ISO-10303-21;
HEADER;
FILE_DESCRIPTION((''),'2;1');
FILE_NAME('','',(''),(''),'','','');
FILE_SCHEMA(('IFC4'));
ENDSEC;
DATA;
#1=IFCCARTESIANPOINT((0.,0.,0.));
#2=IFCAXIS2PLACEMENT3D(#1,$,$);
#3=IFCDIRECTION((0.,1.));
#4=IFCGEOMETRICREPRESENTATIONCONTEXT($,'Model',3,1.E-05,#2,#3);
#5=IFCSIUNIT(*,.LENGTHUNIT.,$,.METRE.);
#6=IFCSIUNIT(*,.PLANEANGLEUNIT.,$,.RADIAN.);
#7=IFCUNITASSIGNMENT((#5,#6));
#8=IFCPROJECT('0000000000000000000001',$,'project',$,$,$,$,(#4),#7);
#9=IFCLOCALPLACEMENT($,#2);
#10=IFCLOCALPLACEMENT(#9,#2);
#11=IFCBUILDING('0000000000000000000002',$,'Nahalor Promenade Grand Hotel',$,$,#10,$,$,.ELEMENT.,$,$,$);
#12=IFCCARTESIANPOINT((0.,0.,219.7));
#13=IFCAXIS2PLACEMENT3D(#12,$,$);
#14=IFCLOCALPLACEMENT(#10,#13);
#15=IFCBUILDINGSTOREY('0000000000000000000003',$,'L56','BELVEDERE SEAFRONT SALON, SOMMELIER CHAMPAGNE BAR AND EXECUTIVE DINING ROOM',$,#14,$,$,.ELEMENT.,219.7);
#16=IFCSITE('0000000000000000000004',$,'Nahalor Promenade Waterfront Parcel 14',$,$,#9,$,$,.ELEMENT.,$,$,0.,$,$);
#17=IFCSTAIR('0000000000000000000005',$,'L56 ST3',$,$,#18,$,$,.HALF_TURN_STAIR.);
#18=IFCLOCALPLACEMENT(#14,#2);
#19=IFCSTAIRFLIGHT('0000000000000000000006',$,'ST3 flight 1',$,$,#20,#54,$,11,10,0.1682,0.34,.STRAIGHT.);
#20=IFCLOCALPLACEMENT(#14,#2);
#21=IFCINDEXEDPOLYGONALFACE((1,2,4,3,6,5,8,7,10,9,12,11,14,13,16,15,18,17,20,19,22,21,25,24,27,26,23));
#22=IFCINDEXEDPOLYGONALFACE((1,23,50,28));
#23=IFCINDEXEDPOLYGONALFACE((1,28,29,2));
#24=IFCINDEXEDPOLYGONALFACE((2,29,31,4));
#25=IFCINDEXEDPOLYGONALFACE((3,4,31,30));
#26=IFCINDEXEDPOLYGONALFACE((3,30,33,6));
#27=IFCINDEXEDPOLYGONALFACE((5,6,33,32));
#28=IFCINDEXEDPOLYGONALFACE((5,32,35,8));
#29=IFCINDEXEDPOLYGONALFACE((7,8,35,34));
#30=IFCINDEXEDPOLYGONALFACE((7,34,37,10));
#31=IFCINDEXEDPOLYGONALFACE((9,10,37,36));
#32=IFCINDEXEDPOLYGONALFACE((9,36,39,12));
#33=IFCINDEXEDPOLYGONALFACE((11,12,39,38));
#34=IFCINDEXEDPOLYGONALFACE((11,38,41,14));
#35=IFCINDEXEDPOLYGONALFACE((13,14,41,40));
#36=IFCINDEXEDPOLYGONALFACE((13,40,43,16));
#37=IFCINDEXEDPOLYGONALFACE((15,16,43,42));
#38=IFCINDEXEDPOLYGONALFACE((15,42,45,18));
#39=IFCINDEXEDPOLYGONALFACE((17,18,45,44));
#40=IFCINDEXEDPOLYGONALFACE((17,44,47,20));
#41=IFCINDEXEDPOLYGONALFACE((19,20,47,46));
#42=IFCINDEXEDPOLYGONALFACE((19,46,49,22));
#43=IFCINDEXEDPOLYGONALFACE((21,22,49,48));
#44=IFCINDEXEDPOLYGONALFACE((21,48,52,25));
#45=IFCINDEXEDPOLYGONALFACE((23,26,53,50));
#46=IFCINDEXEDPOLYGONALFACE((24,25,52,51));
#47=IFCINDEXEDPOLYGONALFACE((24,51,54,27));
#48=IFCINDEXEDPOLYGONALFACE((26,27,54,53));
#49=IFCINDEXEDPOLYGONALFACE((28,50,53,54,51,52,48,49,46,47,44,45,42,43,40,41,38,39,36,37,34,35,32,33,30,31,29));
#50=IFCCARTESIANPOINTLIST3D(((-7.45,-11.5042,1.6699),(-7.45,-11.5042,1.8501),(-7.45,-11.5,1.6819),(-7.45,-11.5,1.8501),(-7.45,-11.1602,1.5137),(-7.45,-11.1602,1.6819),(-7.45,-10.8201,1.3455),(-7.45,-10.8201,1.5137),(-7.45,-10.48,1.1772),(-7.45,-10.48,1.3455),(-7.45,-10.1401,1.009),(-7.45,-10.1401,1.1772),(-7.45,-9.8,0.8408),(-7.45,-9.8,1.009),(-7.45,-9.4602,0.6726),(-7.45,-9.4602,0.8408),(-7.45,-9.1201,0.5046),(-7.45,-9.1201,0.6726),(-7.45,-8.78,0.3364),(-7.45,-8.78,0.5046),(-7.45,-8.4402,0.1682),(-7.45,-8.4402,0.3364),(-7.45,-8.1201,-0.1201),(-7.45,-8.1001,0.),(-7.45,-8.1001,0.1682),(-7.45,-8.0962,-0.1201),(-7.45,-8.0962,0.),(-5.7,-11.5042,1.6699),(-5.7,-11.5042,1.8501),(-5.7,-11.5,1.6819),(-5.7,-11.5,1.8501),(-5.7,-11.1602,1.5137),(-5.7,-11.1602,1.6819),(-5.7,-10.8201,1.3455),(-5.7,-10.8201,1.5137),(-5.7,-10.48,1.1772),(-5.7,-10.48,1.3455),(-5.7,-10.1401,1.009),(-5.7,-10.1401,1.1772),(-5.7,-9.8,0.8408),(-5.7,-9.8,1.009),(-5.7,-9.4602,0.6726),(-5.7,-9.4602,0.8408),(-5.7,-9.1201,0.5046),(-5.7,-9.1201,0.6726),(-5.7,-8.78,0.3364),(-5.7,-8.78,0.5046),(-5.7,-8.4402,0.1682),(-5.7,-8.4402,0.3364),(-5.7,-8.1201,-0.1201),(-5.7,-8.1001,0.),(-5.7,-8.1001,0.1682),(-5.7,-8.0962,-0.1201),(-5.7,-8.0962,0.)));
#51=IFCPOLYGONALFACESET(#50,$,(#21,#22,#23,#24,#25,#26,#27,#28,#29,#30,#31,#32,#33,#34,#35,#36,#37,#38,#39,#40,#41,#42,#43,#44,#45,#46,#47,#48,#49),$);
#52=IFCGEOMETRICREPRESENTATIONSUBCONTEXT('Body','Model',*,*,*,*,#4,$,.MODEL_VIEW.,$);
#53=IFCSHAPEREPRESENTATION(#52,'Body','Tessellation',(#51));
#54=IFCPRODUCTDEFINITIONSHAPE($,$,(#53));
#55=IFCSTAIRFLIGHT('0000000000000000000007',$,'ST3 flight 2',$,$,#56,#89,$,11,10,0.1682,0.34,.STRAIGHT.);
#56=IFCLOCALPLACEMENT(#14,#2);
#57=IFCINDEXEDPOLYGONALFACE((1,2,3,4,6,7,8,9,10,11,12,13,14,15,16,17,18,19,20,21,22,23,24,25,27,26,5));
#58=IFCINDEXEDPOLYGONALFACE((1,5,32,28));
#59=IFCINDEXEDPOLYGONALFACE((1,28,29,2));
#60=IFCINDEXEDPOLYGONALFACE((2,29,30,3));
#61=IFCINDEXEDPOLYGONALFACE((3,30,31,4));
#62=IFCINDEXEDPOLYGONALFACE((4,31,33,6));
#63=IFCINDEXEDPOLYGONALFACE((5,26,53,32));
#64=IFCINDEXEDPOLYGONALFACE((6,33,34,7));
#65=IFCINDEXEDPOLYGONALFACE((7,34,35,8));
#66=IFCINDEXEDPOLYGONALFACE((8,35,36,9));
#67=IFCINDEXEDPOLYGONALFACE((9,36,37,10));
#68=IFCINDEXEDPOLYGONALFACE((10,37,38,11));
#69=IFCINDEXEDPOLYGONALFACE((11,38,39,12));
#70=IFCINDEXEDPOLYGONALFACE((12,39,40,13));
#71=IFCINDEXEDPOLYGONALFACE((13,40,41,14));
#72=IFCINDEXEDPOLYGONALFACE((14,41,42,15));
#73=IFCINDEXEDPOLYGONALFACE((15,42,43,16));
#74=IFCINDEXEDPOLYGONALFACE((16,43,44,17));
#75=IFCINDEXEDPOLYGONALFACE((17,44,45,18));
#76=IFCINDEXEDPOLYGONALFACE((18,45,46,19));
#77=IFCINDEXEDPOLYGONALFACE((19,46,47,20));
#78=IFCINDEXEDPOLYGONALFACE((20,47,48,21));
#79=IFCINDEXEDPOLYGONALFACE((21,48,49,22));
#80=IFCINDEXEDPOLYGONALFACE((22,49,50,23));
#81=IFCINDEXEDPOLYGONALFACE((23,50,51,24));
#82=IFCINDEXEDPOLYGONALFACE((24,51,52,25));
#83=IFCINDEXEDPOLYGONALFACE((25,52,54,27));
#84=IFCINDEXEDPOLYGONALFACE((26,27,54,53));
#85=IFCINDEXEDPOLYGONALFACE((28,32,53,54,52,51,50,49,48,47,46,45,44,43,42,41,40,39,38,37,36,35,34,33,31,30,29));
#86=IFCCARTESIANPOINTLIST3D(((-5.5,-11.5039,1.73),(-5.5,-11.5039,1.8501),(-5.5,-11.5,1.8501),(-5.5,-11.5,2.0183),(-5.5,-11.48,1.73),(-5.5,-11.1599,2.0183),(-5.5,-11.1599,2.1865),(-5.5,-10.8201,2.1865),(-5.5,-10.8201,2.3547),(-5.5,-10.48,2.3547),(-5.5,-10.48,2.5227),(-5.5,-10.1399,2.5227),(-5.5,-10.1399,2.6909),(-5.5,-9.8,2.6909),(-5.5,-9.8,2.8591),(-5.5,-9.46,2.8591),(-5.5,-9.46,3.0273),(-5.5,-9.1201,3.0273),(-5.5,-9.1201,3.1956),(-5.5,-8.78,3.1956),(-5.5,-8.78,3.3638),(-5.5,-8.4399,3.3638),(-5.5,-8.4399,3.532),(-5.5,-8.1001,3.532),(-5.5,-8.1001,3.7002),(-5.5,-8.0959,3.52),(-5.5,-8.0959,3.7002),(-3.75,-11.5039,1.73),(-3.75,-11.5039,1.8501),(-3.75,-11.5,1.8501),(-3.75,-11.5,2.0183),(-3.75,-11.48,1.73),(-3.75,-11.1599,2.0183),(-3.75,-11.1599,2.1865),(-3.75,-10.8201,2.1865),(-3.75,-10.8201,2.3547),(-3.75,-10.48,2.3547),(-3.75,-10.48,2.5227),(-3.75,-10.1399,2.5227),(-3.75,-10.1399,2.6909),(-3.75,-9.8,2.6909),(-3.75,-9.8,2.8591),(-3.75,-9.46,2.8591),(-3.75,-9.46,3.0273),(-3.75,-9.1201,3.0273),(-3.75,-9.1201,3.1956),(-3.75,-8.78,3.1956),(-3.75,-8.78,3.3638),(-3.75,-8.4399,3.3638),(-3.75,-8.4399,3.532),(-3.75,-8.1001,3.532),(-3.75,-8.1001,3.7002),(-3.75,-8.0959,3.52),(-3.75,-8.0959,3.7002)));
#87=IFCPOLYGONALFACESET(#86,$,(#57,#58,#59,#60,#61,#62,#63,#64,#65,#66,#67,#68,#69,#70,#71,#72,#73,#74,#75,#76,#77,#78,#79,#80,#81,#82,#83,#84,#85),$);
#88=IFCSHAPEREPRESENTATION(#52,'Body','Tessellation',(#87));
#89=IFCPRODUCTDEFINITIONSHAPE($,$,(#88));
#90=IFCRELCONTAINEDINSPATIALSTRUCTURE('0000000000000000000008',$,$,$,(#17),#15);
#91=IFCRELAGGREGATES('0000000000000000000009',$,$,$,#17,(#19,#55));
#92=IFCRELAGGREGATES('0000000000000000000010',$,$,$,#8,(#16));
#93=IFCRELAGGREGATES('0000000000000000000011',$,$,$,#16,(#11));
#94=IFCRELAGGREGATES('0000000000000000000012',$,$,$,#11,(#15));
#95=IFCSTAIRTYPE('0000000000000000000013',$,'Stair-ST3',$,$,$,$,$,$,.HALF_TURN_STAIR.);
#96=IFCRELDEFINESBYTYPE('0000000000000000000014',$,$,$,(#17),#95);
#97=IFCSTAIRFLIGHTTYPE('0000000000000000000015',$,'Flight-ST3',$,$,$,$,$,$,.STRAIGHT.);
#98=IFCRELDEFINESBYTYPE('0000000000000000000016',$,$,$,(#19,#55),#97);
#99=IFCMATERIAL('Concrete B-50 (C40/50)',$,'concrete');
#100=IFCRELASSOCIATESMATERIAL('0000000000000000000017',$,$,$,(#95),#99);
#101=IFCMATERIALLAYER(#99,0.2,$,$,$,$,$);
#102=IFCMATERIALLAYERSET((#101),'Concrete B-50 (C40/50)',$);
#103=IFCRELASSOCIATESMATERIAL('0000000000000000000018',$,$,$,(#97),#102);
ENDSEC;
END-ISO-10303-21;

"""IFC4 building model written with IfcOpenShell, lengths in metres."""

from ifc_helpers import new_model, si_unit, direction, frame, origin, place, context, subcontext, project, spatial, polyline, outline, extrude, source, transform, mapped, material, layer, layer_set, type_object, element, aggregate, save


model = new_model("IFC4")

# Units and contexts
model_context = context("Model", 3, precision=1e-05, world=origin(), true_north=direction((0.0, 1.0)))
body_context = subcontext(model_context, "Body", "Model", "MODEL_VIEW")
ifc_project = project(units=[si_unit("LENGTHUNIT", "METRE"), si_unit("PLANEANGLEUNIT", "RADIAN")], contexts=[model_context])

# Site, building, storey
site_placement = place(None, origin())
site = spatial("IfcSite", under=ifc_project, at=site_placement, Name="Nahalor Promenade Waterfront Parcel 14", CompositionType="ELEMENT", RefElevation=0.0)
building_placement = place(site_placement, origin())
building = spatial("IfcBuilding", under=site, at=building_placement, Name="Nahalor Promenade Grand Hotel", CompositionType="ELEMENT")
storey_placement = place(building_placement, frame((0.0, 0.0, 219.7)))
storey = spatial("IfcBuildingStorey", under=building, at=storey_placement, Name="L56", Description="BELVEDERE SEAFRONT SALON, SOMMELIER CHAMPAGNE BAR AND EXECUTIVE DINING ROOM", CompositionType="ELEMENT", Elevation=219.7)

# Shared definitions
ifc_material_1 = material(Name="Concrete B-50 (C40/50)", Category="concrete")

# Stair, stair flights
stair_type_1 = type_object("IfcStairType", Name="Stair-ST3", PredefinedType="HALF_TURN_STAIR", material=ifc_material_1)
stair_1_placement = place(storey_placement, origin())
stair_1 = element("IfcStair", 1, at=stair_1_placement, inside=storey, type_object=stair_type_1, Name="L56 ST3", PredefinedType="HALF_TURN_STAIR")
ifc_layer_1 = layer(ifc_material_1, 0.2)
ifc_layer_set_1 = layer_set([ifc_layer_1], Name="Concrete B-50 (C40/50)")
stair_flight_type_1 = type_object("IfcStairFlightType", Name="Flight-ST3", PredefinedType="STRAIGHT", material=ifc_layer_set_1)
shared_shape_1 = source(origin(), body_context, "Body", "SweptSolid", [
    extrude(outline(polyline([(-0.0039, -0.1201), (-0.0039, 0.0), (0.0, 0.0), (0.0, 0.1682), (0.3401, 0.1682), (0.3401, 0.3364), (0.6799, 0.3364), (0.6799, 0.5046), (1.02, 0.5046), (1.02, 0.6726), (1.3601, 0.6726), (1.3601, 0.8408), (1.7, 0.8408), (1.7, 1.009), (2.04, 1.009), (2.04, 1.1772), (2.3799, 1.1772), (2.3799, 1.3455), (2.72, 1.3455), (2.72, 1.5137), (3.0601, 1.5137), (3.0601, 1.6819), (3.3999, 1.6819), (3.3999, 1.8501), (3.4041, 1.8501), (3.4041, 1.6699), (0.02, -0.1201), (-0.0039, -0.1201)])), frame((0.0, 0.875, 0.0), z_axis=(0.0, -1.0, 0.0), x_axis=(1.0, 0.0, 0.0)), (0.0, 0.0, 1.0), 1.75),
])
stair_flight_1_placement = place(storey_placement, frame((-6.575, -8.1001, 0.0), z_axis=(0.0, 0.0, 1.0), x_axis=(0.0, -1.0, 0.0)))
stair_flight_1 = element("IfcStairFlight", 2, at=stair_flight_1_placement, type_object=stair_flight_type_1, Name="ST3 flight 1", NumberOfRisers=11, NumberOfTreads=10, PredefinedType="STRAIGHT", RiserHeight=0.1682, TreadLength=0.34, context=body_context, shape_type="MappedRepresentation", body=[
    mapped(shared_shape_1, transform((0.0, 0.0, 0.0), scale=1.0)),
])
stair_flight_2_placement = place(storey_placement, frame((-4.625, -11.5, 1.8501), z_axis=(0.0, 0.0, 1.0), x_axis=(0.0, 1.0, 0.0)))
stair_flight_2 = element("IfcStairFlight", 3, at=stair_flight_2_placement, type_object=stair_flight_type_1, Name="ST3 flight 2", NumberOfRisers=11, NumberOfTreads=10, PredefinedType="STRAIGHT", RiserHeight=0.1682, TreadLength=0.34, context=body_context, shape_type="MappedRepresentation", body=[
    mapped(shared_shape_1, transform((0.0, 0.0, 0.0), scale=1.0)),
])
aggregate(stair_1, [stair_flight_1, stair_flight_2])

save(model, "model.ifc")
